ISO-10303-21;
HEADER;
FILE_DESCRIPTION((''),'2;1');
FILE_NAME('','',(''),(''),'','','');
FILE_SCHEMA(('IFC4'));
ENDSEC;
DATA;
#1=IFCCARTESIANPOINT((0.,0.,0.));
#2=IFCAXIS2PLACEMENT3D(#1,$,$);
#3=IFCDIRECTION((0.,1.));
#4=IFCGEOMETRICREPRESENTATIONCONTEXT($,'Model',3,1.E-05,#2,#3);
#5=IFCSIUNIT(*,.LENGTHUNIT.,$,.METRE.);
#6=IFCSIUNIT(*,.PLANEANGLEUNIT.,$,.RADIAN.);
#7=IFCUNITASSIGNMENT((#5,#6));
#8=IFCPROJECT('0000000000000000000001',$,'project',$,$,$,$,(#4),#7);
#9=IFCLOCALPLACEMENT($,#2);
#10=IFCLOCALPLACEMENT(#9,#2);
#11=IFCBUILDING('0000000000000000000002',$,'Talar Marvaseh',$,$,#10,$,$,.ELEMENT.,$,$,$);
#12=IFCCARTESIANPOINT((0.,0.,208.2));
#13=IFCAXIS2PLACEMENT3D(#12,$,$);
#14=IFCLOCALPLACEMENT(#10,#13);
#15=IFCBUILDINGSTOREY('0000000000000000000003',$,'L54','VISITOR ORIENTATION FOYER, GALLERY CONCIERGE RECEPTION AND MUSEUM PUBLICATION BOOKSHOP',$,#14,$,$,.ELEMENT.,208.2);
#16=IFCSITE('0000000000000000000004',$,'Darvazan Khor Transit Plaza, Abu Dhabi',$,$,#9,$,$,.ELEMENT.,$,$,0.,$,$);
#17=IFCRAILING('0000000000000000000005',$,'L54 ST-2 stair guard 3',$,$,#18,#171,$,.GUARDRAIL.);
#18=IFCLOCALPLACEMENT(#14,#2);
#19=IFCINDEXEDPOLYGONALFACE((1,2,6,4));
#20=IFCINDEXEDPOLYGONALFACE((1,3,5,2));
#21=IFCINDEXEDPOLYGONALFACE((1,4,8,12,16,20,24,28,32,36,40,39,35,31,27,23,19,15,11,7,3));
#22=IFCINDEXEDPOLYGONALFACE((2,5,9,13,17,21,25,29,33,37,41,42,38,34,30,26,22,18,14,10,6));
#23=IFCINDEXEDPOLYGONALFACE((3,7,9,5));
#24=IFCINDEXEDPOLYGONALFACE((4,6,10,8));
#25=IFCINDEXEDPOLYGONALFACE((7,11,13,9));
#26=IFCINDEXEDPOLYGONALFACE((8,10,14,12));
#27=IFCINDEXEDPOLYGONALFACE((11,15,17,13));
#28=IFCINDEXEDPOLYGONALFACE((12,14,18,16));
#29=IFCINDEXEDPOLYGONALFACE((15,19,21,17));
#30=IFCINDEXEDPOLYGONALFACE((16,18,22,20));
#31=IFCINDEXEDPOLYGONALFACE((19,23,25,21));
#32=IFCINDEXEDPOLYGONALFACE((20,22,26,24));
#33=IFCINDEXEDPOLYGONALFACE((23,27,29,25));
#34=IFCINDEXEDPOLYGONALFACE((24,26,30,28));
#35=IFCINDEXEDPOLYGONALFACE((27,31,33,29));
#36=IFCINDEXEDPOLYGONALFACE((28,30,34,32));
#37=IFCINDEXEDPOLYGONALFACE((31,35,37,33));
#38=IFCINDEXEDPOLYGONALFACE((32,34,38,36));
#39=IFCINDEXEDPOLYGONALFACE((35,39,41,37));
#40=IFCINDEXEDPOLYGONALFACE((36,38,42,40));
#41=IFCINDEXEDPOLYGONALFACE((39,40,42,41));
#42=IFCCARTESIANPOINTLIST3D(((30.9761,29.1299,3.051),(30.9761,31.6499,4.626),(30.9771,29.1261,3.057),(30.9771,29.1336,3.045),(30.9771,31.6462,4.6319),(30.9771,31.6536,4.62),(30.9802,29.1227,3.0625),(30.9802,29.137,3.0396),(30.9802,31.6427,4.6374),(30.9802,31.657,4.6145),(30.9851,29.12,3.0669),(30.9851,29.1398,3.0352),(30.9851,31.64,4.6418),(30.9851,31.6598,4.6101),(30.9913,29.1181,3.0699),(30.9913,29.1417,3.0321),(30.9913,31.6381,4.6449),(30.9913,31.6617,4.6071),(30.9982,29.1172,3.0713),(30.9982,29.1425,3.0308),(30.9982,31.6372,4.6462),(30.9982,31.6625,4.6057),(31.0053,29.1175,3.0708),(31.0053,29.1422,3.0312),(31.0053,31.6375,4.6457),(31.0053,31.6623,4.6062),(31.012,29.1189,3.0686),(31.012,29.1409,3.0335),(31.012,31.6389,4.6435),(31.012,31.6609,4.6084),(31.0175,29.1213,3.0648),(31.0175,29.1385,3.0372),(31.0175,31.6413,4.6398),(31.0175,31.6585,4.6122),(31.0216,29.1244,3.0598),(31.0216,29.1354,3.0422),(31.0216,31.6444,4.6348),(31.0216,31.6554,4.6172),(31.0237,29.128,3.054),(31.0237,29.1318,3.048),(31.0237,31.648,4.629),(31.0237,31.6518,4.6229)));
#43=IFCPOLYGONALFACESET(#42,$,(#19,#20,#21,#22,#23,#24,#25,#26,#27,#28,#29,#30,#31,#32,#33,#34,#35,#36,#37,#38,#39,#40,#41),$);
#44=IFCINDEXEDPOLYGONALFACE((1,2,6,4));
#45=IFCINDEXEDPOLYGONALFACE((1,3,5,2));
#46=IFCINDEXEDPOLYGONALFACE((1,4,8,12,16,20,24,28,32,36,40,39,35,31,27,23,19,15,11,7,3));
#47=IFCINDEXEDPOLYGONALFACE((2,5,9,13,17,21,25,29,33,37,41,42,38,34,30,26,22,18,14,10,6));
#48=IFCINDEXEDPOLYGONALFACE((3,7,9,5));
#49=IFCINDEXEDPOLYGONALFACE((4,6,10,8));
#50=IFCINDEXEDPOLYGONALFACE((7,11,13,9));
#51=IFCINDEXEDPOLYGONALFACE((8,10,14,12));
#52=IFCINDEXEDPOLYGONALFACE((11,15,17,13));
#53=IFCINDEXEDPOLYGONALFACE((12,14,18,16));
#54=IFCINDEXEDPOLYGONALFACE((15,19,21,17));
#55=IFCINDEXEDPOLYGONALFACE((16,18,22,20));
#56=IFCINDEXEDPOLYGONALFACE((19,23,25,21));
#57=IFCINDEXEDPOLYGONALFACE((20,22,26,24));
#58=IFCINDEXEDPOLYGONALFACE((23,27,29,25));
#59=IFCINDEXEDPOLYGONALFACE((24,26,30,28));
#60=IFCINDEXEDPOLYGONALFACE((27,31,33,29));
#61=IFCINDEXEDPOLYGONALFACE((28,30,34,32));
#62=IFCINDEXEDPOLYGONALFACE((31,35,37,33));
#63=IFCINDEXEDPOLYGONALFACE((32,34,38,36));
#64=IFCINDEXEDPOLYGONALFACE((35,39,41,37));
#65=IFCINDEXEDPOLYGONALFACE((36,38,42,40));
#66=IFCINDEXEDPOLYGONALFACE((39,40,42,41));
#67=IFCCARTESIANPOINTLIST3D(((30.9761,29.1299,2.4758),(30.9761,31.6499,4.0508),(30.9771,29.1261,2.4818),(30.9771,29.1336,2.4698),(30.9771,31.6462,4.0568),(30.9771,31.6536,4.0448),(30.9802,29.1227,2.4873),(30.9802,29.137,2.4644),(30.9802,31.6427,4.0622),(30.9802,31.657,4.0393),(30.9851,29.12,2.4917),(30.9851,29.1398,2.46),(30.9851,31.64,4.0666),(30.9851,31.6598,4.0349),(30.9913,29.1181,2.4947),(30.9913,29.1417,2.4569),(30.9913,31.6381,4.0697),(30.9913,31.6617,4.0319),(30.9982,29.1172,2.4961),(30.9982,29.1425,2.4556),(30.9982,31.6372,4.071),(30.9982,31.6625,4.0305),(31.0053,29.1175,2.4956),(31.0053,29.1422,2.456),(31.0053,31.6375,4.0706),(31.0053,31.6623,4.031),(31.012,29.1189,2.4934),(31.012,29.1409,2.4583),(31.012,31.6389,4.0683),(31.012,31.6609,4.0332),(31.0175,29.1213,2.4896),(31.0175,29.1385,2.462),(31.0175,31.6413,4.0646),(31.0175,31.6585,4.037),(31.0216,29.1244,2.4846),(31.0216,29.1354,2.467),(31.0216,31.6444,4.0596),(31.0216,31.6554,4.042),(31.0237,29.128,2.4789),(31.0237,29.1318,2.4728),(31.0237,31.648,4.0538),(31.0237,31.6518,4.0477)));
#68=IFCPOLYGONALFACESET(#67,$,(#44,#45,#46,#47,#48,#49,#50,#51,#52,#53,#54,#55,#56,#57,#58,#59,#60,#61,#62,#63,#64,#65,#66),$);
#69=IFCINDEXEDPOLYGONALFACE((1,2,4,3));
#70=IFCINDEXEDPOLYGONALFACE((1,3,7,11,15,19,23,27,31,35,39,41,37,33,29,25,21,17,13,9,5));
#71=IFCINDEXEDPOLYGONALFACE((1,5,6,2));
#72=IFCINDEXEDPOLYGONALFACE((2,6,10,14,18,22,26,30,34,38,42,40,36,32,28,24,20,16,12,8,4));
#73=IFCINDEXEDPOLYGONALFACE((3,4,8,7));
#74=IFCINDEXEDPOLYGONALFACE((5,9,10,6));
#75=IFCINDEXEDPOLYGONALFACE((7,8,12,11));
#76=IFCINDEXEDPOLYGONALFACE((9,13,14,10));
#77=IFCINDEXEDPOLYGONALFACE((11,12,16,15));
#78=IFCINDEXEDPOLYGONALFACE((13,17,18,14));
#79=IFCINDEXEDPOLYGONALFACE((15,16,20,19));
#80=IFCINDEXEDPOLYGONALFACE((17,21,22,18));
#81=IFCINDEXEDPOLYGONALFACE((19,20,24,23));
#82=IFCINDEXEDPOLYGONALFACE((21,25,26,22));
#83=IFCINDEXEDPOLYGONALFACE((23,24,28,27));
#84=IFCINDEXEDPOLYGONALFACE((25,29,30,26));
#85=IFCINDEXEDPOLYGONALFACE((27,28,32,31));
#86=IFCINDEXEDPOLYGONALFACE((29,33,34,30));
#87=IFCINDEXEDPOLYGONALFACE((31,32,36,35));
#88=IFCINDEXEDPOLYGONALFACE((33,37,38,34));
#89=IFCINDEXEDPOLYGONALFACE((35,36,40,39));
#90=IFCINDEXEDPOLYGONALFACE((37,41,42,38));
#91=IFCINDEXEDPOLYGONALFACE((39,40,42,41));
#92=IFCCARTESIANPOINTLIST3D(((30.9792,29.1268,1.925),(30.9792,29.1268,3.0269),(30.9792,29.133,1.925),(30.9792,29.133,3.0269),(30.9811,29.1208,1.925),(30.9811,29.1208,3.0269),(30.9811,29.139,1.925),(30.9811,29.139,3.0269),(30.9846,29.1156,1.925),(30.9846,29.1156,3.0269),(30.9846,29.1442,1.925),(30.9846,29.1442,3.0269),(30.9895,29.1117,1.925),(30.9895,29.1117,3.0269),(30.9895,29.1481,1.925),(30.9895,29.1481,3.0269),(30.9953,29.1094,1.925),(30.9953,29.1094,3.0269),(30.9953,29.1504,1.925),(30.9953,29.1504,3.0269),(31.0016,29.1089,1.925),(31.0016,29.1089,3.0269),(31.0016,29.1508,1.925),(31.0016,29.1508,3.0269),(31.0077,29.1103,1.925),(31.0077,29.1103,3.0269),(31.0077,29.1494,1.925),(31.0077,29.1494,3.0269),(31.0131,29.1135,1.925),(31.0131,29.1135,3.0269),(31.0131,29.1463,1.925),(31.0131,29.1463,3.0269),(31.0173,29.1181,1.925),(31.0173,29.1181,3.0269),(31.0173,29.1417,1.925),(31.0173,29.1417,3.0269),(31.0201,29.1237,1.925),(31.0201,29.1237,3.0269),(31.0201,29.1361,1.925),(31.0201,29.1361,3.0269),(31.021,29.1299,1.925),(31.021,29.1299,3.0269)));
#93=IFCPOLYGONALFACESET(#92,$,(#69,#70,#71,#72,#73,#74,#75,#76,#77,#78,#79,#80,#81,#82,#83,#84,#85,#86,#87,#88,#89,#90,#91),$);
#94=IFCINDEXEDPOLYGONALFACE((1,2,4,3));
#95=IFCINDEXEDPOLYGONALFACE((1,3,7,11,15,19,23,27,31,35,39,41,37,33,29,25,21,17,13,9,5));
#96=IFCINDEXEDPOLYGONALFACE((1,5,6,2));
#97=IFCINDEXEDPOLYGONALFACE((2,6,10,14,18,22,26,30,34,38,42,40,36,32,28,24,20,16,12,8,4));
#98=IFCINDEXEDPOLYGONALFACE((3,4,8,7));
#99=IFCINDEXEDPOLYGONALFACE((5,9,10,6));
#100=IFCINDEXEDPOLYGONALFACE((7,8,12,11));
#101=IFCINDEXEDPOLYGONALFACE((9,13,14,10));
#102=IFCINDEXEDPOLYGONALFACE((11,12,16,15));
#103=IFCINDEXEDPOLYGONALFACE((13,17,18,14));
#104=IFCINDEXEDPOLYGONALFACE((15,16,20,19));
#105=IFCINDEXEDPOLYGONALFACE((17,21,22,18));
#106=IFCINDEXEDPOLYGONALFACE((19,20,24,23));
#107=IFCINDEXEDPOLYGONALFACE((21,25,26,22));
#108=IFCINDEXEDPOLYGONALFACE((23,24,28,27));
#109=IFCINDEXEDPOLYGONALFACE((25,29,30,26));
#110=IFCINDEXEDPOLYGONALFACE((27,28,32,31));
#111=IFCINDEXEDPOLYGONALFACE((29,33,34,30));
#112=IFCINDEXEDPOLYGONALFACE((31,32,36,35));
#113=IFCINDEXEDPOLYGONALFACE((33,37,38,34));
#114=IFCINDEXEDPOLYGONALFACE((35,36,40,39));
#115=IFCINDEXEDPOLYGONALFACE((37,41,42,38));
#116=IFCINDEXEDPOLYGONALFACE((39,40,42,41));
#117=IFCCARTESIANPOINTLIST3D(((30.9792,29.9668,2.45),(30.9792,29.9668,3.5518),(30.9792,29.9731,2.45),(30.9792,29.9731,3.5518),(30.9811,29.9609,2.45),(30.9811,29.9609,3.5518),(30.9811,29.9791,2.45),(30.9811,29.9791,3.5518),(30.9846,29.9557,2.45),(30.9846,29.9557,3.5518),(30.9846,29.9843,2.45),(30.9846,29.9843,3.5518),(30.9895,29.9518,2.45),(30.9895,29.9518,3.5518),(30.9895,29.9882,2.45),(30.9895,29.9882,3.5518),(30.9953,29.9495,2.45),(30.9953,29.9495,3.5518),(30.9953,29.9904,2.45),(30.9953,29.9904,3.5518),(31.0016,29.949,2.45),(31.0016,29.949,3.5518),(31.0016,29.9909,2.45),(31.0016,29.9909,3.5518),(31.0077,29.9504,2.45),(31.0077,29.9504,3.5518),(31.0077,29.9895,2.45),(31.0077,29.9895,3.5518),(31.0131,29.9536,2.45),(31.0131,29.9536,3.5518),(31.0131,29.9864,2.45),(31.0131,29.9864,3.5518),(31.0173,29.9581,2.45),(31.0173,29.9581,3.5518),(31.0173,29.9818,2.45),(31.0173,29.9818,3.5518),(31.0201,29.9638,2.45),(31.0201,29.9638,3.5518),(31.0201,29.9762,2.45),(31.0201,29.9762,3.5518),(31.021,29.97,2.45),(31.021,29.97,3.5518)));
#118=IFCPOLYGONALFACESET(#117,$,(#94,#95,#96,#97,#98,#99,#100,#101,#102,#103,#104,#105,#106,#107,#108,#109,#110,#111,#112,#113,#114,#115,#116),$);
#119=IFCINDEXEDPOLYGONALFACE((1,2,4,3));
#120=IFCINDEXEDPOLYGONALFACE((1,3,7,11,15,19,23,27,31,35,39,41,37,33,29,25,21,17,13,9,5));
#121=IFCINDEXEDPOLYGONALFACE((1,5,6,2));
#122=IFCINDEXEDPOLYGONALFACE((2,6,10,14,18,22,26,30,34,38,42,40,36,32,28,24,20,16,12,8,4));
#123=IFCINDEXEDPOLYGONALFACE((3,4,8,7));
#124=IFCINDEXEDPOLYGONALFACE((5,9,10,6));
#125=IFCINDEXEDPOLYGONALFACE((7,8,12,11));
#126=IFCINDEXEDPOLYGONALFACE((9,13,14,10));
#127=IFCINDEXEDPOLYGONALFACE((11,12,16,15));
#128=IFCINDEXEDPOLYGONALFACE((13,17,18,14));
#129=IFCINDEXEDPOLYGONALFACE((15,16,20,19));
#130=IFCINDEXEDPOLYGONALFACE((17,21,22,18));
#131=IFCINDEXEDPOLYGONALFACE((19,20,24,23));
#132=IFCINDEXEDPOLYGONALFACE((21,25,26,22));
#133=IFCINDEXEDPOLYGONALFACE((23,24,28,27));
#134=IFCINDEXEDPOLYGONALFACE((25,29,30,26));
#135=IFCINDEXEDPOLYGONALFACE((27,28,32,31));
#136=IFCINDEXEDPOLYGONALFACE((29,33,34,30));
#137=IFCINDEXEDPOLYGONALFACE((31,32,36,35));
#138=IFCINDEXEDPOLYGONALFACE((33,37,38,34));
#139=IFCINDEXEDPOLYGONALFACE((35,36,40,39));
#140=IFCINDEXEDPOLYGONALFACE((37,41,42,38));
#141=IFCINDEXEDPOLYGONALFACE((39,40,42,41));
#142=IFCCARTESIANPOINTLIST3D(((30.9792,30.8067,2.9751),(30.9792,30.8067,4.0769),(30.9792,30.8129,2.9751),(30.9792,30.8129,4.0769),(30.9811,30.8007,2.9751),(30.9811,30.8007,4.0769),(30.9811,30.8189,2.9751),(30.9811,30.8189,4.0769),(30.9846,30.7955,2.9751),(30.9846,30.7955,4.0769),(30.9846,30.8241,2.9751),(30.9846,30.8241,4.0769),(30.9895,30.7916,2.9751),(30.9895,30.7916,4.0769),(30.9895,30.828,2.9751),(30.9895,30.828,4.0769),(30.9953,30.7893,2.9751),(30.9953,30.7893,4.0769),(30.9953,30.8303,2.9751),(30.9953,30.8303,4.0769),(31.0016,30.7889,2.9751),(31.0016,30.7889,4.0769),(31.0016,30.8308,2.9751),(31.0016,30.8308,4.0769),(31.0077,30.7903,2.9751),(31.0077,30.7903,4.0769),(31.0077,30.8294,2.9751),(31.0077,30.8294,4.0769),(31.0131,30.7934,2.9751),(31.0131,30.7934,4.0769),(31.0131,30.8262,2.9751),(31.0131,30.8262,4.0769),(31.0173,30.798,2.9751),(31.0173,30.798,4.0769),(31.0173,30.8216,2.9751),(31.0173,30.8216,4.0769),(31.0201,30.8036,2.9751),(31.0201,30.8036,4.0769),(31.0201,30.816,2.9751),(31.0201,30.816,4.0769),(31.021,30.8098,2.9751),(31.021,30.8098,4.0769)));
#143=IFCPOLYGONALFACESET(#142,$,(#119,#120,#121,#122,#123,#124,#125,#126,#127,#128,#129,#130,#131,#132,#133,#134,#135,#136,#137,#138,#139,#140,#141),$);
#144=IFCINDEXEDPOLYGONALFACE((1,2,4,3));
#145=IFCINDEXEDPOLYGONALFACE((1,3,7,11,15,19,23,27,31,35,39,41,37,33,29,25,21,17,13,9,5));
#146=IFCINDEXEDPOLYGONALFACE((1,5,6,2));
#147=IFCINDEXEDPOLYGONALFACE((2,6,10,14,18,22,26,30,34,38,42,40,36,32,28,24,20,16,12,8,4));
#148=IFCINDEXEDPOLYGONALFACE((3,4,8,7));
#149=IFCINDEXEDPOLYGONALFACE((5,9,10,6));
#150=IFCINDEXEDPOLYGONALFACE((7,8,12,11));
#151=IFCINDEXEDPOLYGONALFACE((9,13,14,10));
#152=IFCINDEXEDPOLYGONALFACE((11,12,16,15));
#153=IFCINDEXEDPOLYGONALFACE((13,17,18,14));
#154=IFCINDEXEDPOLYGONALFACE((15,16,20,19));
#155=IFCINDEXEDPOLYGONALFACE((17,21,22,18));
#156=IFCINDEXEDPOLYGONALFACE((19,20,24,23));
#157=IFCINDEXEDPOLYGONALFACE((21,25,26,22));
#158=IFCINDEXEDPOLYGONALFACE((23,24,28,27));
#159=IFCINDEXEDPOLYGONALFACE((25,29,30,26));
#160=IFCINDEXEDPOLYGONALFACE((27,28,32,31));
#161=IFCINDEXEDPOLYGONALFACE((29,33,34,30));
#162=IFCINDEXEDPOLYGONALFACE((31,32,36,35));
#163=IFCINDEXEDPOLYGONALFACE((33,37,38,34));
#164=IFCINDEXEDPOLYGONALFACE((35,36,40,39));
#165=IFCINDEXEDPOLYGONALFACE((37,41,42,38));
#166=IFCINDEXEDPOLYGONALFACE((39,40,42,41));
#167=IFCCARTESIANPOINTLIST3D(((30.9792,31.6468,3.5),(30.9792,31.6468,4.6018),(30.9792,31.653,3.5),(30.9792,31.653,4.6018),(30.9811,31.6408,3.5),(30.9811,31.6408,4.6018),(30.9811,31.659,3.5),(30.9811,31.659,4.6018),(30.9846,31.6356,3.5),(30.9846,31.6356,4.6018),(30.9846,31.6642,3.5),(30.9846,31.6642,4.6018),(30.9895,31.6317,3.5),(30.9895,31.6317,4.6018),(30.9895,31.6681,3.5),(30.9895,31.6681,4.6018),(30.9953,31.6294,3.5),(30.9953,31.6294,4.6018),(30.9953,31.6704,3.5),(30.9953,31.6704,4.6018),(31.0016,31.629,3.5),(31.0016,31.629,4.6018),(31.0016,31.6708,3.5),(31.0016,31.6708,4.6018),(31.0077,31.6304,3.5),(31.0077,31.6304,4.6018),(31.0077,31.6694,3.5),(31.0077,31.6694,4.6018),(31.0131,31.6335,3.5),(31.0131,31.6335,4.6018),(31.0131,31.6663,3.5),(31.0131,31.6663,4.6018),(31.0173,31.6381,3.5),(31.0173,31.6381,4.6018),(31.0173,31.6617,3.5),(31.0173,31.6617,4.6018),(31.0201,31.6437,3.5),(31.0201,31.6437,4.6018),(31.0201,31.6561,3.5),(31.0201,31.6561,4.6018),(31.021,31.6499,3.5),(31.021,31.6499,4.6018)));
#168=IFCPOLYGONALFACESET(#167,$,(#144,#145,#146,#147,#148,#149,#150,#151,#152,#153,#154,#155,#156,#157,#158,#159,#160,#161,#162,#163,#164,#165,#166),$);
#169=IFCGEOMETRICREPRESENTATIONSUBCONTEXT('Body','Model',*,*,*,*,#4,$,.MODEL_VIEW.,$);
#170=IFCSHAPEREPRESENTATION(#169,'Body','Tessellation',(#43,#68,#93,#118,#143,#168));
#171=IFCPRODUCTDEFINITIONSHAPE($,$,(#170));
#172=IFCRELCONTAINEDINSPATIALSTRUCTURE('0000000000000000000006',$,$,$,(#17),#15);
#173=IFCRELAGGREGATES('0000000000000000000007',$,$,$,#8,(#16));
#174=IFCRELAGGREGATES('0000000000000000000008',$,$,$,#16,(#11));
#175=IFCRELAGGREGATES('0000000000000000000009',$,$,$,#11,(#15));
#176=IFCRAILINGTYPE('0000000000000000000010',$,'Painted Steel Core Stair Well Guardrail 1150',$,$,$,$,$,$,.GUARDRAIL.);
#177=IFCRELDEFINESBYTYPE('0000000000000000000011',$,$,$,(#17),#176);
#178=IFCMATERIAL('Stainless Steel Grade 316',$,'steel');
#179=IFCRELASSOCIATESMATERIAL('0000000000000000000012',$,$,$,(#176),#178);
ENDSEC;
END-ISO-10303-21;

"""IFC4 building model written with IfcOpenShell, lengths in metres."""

from ifc_helpers import new_model, si_unit, direction, frame, origin, origin_2d, place, context, subcontext, project, spatial, circle, extrude, material, type_object, element, save


model = new_model("IFC4")

# Units and contexts
model_context = context("Model", 3, precision=1e-05, world=origin(), true_north=direction((0.0, 1.0)))
body_context = subcontext(model_context, "Body", "Model", "MODEL_VIEW")
ifc_project = project(units=[si_unit("LENGTHUNIT", "METRE"), si_unit("PLANEANGLEUNIT", "RADIAN")], contexts=[model_context])

# Site, building, storey
site_placement = place(None, origin())
site = spatial("IfcSite", under=ifc_project, at=site_placement, Name="Darvazan Khor Transit Plaza, Abu Dhabi", CompositionType="ELEMENT", RefElevation=0.0)
building_placement = place(site_placement, origin())
building = spatial("IfcBuilding", under=site, at=building_placement, Name="Talar Marvaseh", CompositionType="ELEMENT")
storey_placement = place(building_placement, frame((0.0, 0.0, 208.2)))
storey = spatial("IfcBuildingStorey", under=building, at=storey_placement, Name="L54", Description="VISITOR ORIENTATION FOYER, GALLERY CONCIERGE RECEPTION AND MUSEUM PUBLICATION BOOKSHOP", CompositionType="ELEMENT", Elevation=208.2)

# Shared definitions
ifc_material_1 = material(Name="Stainless Steel Grade 316", Category="steel")

# Railing
railing_type_1 = type_object("IfcRailingType", Name="Painted Steel Core Stair Well Guardrail 1150", PredefinedType="GUARDRAIL", material=ifc_material_1)
railing_1_placement = place(storey_placement, frame((31.0, 29.1299, 1.925)))
element("IfcRailing", 1, at=railing_1_placement, inside=storey, type_object=railing_type_1, Name="L54 ST-2 stair guard 3", PredefinedType="GUARDRAIL", context=body_context, shape_type="SweptSolid", body=[
    extrude(circle(Radius=0.0239, at=origin_2d()), frame((0.0, 0.0, 1.126), z_axis=(0.0, 0.848008, 0.529984), x_axis=(-1.0, 0.0, 0.0)), (0.0, 0.0, 1.0), 2.9717),
    extrude(circle(Radius=0.0239, at=origin_2d()), frame((0.0, 0.0, 0.5508), z_axis=(0.0, 0.848008, 0.529984), x_axis=(-1.0, 0.0, 0.0)), (0.0, 0.0, 1.0), 2.9717),
    extrude(circle(Radius=0.021, at=origin_2d()), origin(), (0.0, 0.0, 1.0), 1.1018),
    extrude(circle(Radius=0.021, at=origin_2d()), frame((0.0, 0.8401, 0.5249)), (0.0, 0.0, 1.0), 1.1018),
    extrude(circle(Radius=0.021, at=origin_2d()), frame((0.0, 1.6799, 1.05)), (0.0, 0.0, 1.0), 1.1018),
    extrude(circle(Radius=0.021, at=origin_2d()), frame((0.0, 2.52, 1.575)), (0.0, 0.0, 1.0), 1.1018),
])

save(model, "model.ifc")
